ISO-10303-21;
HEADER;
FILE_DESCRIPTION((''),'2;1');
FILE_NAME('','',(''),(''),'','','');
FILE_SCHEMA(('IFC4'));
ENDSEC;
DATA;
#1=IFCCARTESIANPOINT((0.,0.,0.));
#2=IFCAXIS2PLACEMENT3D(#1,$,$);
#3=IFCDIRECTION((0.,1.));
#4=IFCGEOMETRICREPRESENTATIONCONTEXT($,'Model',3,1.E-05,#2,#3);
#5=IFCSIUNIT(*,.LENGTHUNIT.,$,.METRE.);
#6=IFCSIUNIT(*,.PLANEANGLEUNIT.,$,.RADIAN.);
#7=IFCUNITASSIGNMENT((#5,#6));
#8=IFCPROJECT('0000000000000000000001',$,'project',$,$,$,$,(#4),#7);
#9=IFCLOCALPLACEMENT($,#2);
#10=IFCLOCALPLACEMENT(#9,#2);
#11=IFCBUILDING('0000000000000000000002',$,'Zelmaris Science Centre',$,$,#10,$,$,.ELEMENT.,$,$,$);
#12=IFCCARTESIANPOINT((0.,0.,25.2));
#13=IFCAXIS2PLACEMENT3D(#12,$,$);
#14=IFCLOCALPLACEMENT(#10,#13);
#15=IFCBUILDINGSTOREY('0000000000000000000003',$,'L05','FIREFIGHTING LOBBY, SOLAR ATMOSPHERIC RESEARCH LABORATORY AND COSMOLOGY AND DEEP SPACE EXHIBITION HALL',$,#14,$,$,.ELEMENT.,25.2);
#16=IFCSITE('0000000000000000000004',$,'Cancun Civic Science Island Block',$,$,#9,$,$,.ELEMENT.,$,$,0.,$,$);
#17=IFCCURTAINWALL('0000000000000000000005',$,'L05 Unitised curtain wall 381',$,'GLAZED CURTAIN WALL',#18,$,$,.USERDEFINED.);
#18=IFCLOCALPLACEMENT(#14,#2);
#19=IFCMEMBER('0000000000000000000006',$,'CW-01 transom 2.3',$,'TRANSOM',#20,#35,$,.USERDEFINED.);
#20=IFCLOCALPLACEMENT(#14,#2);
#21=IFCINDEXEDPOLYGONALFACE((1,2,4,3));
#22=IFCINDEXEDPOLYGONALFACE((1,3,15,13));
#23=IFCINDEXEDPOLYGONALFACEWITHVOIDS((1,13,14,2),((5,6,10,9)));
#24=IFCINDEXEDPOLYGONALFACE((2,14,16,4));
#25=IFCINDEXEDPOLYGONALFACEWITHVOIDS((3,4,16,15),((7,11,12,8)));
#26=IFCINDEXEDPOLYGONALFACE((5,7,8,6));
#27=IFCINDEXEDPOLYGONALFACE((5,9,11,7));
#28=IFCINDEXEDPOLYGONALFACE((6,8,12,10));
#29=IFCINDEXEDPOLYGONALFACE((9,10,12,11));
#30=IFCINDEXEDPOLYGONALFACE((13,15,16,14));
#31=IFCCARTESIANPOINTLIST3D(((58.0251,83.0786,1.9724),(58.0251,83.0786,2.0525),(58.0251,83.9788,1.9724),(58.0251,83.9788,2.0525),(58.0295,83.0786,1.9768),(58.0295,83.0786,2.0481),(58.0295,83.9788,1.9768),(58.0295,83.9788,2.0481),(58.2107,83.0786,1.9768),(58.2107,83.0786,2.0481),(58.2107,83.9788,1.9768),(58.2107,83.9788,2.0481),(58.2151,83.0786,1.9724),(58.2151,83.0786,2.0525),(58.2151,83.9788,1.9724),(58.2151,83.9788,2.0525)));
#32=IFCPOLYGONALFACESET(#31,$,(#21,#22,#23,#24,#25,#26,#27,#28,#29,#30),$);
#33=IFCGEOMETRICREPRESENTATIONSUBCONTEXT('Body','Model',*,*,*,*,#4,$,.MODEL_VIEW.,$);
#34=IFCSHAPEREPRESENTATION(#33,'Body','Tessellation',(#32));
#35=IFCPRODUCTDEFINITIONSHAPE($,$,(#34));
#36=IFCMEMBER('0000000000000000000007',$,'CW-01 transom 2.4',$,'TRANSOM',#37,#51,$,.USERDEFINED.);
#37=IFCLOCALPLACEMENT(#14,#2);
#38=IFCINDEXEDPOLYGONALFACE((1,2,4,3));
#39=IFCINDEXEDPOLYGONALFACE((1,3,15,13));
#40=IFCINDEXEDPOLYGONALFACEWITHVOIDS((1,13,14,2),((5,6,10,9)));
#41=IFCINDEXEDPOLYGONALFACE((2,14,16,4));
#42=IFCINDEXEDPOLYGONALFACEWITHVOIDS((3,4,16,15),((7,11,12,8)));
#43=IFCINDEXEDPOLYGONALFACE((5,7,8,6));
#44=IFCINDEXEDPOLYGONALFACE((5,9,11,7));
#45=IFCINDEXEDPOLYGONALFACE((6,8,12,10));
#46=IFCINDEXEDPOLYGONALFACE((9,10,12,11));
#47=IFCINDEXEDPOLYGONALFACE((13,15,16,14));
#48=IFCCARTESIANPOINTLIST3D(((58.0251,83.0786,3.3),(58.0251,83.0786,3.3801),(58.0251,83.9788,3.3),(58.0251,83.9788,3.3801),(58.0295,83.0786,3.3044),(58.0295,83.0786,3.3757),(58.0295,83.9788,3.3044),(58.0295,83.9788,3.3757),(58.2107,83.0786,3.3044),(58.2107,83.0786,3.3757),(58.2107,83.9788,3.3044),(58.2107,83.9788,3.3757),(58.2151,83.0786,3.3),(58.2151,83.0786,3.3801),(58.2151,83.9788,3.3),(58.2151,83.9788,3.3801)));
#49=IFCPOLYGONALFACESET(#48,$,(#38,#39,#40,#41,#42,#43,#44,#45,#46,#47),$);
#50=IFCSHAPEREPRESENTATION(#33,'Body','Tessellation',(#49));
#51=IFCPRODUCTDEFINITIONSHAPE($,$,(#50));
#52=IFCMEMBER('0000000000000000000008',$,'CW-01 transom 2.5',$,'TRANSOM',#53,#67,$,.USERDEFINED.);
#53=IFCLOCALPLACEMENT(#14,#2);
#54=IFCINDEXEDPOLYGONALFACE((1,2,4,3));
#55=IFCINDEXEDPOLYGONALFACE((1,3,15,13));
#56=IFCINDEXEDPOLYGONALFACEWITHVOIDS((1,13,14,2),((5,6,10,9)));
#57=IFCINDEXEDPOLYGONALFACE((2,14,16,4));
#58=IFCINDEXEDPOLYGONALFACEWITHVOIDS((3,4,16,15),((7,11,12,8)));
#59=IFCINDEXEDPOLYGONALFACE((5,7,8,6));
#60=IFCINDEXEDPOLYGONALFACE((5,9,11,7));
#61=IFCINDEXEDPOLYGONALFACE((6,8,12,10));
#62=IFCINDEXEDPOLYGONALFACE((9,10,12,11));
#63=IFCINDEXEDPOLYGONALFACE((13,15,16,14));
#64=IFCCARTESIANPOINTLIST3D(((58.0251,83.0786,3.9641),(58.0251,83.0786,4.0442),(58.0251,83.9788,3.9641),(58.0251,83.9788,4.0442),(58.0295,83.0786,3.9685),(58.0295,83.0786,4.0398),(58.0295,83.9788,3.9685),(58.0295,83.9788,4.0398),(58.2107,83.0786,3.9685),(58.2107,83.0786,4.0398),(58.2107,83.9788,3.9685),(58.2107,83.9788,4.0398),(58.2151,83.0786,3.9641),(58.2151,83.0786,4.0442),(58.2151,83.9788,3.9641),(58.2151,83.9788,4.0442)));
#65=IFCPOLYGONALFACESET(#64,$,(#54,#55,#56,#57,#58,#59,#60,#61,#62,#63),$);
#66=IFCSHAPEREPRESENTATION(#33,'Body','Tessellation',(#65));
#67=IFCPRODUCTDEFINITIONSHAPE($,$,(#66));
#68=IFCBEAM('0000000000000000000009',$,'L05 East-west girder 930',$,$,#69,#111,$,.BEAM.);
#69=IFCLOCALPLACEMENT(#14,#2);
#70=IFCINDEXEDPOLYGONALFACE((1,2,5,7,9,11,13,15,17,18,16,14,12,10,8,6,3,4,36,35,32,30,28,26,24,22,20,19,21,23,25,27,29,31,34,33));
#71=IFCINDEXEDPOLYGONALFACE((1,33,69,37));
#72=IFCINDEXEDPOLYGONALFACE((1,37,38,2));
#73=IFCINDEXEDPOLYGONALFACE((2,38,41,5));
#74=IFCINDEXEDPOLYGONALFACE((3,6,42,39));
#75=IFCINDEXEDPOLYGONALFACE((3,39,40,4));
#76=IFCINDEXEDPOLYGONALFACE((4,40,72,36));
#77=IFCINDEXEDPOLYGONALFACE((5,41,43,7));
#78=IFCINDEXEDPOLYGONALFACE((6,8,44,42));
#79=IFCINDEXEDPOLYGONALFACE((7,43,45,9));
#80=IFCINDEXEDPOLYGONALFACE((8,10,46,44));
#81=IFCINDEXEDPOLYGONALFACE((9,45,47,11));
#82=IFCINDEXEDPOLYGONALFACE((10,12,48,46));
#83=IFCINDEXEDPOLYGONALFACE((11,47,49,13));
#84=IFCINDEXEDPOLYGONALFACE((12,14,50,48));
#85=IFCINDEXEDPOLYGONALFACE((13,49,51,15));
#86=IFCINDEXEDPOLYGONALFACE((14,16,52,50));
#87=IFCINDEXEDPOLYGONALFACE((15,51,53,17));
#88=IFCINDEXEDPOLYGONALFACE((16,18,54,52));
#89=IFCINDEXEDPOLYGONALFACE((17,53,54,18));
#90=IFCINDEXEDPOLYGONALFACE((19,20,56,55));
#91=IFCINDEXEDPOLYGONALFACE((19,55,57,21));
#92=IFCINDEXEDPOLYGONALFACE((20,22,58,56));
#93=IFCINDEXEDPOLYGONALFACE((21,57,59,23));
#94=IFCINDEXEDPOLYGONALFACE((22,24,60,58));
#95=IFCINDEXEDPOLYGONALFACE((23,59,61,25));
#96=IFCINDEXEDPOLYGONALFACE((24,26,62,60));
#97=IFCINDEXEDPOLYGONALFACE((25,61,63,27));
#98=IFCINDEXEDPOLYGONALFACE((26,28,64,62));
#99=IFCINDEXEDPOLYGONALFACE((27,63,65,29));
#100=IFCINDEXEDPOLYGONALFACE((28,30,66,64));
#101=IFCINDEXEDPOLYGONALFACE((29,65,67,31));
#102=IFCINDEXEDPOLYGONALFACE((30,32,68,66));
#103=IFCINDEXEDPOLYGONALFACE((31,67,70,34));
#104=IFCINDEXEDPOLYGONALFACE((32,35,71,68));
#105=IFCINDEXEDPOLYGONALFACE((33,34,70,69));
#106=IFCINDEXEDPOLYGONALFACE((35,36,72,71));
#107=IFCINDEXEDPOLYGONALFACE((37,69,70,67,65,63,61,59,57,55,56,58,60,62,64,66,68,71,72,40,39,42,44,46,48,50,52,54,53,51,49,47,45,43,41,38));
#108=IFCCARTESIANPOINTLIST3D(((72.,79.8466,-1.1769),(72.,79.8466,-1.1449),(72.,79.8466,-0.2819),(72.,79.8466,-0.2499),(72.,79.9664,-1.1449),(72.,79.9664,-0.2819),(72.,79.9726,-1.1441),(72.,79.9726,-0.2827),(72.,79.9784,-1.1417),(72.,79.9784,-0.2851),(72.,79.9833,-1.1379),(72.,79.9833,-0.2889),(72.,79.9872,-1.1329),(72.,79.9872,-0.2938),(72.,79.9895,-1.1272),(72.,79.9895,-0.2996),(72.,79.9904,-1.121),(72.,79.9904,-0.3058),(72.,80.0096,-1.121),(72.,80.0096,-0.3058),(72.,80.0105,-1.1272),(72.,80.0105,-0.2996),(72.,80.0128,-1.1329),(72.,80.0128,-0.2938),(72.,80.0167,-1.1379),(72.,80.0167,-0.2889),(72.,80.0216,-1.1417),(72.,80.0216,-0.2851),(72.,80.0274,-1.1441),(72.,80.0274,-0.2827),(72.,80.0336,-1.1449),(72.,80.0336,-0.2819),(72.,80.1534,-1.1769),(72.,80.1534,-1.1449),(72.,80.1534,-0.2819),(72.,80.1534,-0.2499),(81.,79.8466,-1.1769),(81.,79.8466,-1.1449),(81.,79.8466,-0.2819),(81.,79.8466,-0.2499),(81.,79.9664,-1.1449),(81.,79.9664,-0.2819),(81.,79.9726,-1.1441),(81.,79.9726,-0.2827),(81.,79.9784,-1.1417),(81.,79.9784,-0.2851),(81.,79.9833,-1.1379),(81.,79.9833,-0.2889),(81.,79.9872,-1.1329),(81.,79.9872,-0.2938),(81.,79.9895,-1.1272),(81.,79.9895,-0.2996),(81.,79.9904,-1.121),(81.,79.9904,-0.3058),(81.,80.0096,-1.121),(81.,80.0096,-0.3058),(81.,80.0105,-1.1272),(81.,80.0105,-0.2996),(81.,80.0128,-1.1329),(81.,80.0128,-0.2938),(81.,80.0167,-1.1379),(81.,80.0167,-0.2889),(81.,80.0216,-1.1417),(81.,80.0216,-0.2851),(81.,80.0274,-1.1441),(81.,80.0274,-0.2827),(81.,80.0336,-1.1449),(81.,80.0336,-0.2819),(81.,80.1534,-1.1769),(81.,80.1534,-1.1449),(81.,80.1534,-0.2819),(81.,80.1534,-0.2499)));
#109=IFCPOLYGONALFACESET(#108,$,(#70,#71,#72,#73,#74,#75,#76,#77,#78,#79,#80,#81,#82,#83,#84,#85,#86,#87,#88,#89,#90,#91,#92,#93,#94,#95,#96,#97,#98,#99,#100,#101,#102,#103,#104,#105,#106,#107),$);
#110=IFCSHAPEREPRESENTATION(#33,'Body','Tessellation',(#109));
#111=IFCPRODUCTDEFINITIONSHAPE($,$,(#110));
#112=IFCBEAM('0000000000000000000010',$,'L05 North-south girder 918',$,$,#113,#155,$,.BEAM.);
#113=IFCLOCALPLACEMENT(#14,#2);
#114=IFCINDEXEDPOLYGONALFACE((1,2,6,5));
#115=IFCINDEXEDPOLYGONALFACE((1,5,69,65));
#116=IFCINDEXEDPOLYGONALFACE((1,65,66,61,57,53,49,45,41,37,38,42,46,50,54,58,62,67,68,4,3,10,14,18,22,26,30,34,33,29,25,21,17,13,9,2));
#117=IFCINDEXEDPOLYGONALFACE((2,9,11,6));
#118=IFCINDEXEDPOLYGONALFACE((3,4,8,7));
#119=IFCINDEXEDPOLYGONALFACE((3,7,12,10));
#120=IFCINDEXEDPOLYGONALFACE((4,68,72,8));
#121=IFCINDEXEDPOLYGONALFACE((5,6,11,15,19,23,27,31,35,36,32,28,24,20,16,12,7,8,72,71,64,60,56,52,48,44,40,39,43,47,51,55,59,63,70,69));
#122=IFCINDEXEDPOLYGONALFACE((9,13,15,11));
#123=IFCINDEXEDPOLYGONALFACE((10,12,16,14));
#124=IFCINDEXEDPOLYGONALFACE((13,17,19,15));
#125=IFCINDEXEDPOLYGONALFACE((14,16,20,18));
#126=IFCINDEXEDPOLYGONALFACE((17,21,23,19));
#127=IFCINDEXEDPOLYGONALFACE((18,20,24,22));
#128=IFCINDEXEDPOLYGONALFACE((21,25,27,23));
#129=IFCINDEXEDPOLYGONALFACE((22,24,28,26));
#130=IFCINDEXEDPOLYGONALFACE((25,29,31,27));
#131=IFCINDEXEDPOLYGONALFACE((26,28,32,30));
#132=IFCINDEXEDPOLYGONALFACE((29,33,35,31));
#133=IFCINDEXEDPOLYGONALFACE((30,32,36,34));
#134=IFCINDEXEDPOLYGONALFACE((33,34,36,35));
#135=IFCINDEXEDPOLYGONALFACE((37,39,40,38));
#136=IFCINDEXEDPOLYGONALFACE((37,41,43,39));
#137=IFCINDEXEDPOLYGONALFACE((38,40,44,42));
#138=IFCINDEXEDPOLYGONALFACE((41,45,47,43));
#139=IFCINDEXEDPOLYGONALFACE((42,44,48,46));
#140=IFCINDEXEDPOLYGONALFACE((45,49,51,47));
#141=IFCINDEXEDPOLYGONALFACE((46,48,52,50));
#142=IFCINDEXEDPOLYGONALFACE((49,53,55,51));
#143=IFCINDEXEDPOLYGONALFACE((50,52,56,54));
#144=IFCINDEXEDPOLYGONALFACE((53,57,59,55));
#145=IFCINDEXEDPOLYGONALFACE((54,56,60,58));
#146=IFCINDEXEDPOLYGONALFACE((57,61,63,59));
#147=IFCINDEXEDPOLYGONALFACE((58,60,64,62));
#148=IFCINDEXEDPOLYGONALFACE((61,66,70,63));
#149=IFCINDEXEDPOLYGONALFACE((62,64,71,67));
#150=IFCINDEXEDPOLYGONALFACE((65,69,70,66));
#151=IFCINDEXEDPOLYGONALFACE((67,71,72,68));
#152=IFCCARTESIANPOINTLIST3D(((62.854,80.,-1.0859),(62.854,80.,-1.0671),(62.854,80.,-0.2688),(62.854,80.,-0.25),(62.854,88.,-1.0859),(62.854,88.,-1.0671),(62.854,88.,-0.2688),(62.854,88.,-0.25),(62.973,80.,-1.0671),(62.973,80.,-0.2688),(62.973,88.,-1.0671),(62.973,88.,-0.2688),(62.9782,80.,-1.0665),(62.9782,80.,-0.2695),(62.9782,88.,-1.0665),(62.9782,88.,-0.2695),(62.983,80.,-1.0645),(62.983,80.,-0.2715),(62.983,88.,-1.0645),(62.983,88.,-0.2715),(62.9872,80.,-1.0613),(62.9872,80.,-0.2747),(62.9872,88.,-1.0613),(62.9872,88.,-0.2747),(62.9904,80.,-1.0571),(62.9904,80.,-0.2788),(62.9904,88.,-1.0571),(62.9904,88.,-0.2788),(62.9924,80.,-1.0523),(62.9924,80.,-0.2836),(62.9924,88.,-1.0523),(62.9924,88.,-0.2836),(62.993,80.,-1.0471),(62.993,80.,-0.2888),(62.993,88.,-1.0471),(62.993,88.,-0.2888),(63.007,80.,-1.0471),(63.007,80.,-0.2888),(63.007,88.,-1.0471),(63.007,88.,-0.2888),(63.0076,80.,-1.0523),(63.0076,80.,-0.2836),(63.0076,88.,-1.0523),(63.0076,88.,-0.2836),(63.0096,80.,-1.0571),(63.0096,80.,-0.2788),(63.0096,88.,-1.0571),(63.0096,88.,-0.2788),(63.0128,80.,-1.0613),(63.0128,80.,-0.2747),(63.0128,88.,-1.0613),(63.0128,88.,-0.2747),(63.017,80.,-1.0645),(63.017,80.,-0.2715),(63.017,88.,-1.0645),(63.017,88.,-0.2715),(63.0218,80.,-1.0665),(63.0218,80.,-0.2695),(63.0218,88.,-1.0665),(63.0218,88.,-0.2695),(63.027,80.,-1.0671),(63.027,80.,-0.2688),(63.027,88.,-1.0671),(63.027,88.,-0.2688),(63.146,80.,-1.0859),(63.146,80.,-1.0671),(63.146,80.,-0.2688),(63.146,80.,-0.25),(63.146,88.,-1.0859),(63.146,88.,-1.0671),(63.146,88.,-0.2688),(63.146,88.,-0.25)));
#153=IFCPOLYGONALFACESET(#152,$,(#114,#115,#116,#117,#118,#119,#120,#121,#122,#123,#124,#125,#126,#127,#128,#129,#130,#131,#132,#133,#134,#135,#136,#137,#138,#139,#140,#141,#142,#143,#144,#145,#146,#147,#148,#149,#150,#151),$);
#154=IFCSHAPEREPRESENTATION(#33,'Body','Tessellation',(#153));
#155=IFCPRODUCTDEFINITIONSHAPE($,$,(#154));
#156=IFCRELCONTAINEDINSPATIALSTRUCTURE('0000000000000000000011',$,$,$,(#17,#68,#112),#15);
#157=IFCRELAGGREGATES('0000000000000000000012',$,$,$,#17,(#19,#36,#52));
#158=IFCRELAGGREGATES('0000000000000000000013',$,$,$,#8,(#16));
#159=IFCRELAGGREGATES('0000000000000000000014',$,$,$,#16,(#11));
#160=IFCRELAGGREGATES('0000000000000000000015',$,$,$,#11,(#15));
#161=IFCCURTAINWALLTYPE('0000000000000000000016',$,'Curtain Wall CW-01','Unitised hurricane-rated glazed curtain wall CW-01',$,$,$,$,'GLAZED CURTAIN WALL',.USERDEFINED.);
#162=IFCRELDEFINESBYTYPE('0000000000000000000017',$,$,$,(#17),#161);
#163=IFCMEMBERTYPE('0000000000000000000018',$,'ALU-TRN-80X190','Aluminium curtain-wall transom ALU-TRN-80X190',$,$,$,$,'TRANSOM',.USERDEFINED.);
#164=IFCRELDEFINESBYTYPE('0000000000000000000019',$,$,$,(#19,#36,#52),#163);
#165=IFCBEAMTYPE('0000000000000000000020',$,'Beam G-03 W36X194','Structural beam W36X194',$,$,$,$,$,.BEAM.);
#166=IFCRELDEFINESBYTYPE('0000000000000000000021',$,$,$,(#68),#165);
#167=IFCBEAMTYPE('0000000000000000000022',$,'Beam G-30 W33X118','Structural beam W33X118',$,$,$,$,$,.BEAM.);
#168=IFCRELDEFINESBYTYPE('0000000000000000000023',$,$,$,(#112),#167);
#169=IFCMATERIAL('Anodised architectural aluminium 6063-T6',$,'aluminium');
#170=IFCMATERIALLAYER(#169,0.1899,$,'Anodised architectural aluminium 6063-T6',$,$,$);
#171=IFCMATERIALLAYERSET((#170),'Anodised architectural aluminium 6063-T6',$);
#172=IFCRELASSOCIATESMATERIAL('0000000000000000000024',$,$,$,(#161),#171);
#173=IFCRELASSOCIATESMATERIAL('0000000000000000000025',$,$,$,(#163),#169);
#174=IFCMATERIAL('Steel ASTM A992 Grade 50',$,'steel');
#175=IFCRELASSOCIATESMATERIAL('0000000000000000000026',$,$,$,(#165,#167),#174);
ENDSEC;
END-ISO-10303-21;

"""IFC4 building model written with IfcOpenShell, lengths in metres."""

from ifc_helpers import new_model, si_unit, direction, frame, origin, origin_2d, place, context, subcontext, project, spatial, hollow_rectangle, i_section, extrude, material, layer, layer_set, material_profile, profile_set, type_object, element, aggregate, save


model = new_model("IFC4")

# Units and contexts
model_context = context("Model", 3, precision=1e-05, world=origin(), true_north=direction((0.0, 1.0)))
body_context = subcontext(model_context, "Body", "Model", "MODEL_VIEW")
ifc_project = project(units=[si_unit("LENGTHUNIT", "METRE"), si_unit("PLANEANGLEUNIT", "RADIAN")], contexts=[model_context])

# Site, building, storey
site_placement = place(None, origin())
site = spatial("IfcSite", under=ifc_project, at=site_placement, Name="Cancun Civic Science Island Block", CompositionType="ELEMENT", RefElevation=0.0)
building_placement = place(site_placement, origin())
building = spatial("IfcBuilding", under=site, at=building_placement, Name="Zelmaris Science Centre", CompositionType="ELEMENT")
storey_placement = place(building_placement, frame((0.0, 0.0, 25.2)))
storey = spatial("IfcBuildingStorey", under=building, at=storey_placement, Name="L05", Description="FIREFIGHTING LOBBY, SOLAR ATMOSPHERIC RESEARCH LABORATORY AND COSMOLOGY AND DEEP SPACE EXHIBITION HALL", CompositionType="ELEMENT", Elevation=25.2)

# Shared definitions
ifc_material_1 = material(Name="Steel ASTM A992 Grade 50", Category="steel")

# Curtain wall, members
ifc_material_2 = material(Name="Anodised architectural aluminium 6063-T6", Category="aluminium")
ifc_layer_1 = layer(ifc_material_2, 0.1899, Name="Anodised architectural aluminium 6063-T6")
ifc_layer_set_1 = layer_set([ifc_layer_1], Name="Anodised architectural aluminium 6063-T6")
curtain_wall_type = type_object("IfcCurtainWallType", Name="Curtain Wall CW-01", Description="Unitised hurricane-rated glazed curtain wall CW-01", ElementType="GLAZED CURTAIN WALL", PredefinedType="USERDEFINED", material=ifc_layer_set_1)
curtain_wall_placement = place(storey_placement, origin())
curtain_wall = element("IfcCurtainWall", 1, at=curtain_wall_placement, inside=storey, type_object=curtain_wall_type, Name="L05 Unitised curtain wall 381", ObjectType="GLAZED CURTAIN WALL", PredefinedType="USERDEFINED")
ifc_material_profile_1 = material_profile(ifc_material_2, hollow_rectangle(XDim=0.0801, YDim=0.1899, WallThickness=0.0044, at=origin_2d()), Name="ALU-TRN-80X190")
ifc_profile_set_1 = profile_set([ifc_material_profile_1], Name="Anodised architectural aluminium 6063-T6")
member_type_1 = type_object("IfcMemberType", Name="ALU-TRN-80X190", Description="Aluminium curtain-wall transom ALU-TRN-80X190", ElementType="TRANSOM", PredefinedType="USERDEFINED", material=ifc_profile_set_1)
member_1_placement = place(storey_placement, frame((58.1201, 83.0786, 2.0125), z_axis=(0.0, 1.0, 0.0), x_axis=(0.0, 0.0, 1.0)))
member_1 = element("IfcMember", 2, at=member_1_placement, type_object=member_type_1, Name="CW-01 transom 2.3", ObjectType="TRANSOM", PredefinedType="USERDEFINED", context=body_context, shape_type="SweptSolid", body=[
    extrude(hollow_rectangle(XDim=0.0801, YDim=0.1899, WallThickness=0.0044, at=origin_2d()), origin(), (0.0, 0.0, 1.0), 0.9001),
])
member_2_placement = place(storey_placement, frame((58.1201, 83.0786, 3.3401), z_axis=(0.0, 1.0, 0.0), x_axis=(0.0, 0.0, 1.0)))
member_2 = element("IfcMember", 3, at=member_2_placement, type_object=member_type_1, Name="CW-01 transom 2.4", ObjectType="TRANSOM", PredefinedType="USERDEFINED", context=body_context, shape_type="SweptSolid", body=[
    extrude(hollow_rectangle(XDim=0.0801, YDim=0.1899, WallThickness=0.0044, at=origin_2d()), origin(), (0.0, 0.0, 1.0), 0.9001),
])
member_3_placement = place(storey_placement, frame((58.1201, 83.0786, 4.0042), z_axis=(0.0, 1.0, 0.0), x_axis=(0.0, 0.0, 1.0)))
member_3 = element("IfcMember", 4, at=member_3_placement, type_object=member_type_1, Name="CW-01 transom 2.5", ObjectType="TRANSOM", PredefinedType="USERDEFINED", context=body_context, shape_type="SweptSolid", body=[
    extrude(hollow_rectangle(XDim=0.0801, YDim=0.1899, WallThickness=0.0044, at=origin_2d()), origin(), (0.0, 0.0, 1.0), 0.9001),
])

# Beams
ifc_material_profile_2 = material_profile(ifc_material_1, i_section(OverallWidth=0.3069, OverallDepth=0.927, WebThickness=0.0193, FlangeThickness=0.032, FilletRadius=0.0239, at=origin_2d()), Name="W36X194")
ifc_profile_set_2 = profile_set([ifc_material_profile_2], Name="Steel ASTM A992 Grade 50")
beam_type_1 = type_object("IfcBeamType", Name="Beam G-03 W36X194", Description="Structural beam W36X194", PredefinedType="BEAM", material=ifc_profile_set_2)
beam_1_placement = place(storey_placement, frame((72.0, 80.0, -0.7134), z_axis=(1.0, 0.0, 0.0), x_axis=(0.0, 1.0, 0.0)))
element("IfcBeam", 5, at=beam_1_placement, inside=storey, type_object=beam_type_1, Name="L05 East-west girder 930", PredefinedType="BEAM", context=body_context, shape_type="SweptSolid", body=[
    extrude(i_section(OverallWidth=0.3069, OverallDepth=0.927, WebThickness=0.0193, FlangeThickness=0.032, FilletRadius=0.0239, at=origin_2d()), origin(), (0.0, 0.0, 1.0), 9.0),
])
ifc_material_profile_3 = material_profile(ifc_material_1, i_section(OverallWidth=0.292, OverallDepth=0.8359, WebThickness=0.0139, FlangeThickness=0.0188, FilletRadius=0.02, at=origin_2d()), Name="W33X118")
ifc_profile_set_3 = profile_set([ifc_material_profile_3], Name="Steel ASTM A992 Grade 50")
beam_type_2 = type_object("IfcBeamType", Name="Beam G-30 W33X118", Description="Structural beam W33X118", PredefinedType="BEAM", material=ifc_profile_set_3)
beam_2_placement = place(storey_placement, frame((63.0, 80.0, -0.668), z_axis=(0.0, 1.0, 0.0), x_axis=(-1.0, 0.0, 0.0)))
element("IfcBeam", 6, at=beam_2_placement, inside=storey, type_object=beam_type_2, Name="L05 North-south girder 918", PredefinedType="BEAM", context=body_context, shape_type="SweptSolid", body=[
    extrude(i_section(OverallWidth=0.292, OverallDepth=0.8359, WebThickness=0.0139, FlangeThickness=0.0188, FilletRadius=0.02, at=origin_2d()), origin(), (0.0, 0.0, 1.0), 8.0),
])

aggregate(curtain_wall, [member_1, member_2, member_3])

save(model, "model.ifc")
